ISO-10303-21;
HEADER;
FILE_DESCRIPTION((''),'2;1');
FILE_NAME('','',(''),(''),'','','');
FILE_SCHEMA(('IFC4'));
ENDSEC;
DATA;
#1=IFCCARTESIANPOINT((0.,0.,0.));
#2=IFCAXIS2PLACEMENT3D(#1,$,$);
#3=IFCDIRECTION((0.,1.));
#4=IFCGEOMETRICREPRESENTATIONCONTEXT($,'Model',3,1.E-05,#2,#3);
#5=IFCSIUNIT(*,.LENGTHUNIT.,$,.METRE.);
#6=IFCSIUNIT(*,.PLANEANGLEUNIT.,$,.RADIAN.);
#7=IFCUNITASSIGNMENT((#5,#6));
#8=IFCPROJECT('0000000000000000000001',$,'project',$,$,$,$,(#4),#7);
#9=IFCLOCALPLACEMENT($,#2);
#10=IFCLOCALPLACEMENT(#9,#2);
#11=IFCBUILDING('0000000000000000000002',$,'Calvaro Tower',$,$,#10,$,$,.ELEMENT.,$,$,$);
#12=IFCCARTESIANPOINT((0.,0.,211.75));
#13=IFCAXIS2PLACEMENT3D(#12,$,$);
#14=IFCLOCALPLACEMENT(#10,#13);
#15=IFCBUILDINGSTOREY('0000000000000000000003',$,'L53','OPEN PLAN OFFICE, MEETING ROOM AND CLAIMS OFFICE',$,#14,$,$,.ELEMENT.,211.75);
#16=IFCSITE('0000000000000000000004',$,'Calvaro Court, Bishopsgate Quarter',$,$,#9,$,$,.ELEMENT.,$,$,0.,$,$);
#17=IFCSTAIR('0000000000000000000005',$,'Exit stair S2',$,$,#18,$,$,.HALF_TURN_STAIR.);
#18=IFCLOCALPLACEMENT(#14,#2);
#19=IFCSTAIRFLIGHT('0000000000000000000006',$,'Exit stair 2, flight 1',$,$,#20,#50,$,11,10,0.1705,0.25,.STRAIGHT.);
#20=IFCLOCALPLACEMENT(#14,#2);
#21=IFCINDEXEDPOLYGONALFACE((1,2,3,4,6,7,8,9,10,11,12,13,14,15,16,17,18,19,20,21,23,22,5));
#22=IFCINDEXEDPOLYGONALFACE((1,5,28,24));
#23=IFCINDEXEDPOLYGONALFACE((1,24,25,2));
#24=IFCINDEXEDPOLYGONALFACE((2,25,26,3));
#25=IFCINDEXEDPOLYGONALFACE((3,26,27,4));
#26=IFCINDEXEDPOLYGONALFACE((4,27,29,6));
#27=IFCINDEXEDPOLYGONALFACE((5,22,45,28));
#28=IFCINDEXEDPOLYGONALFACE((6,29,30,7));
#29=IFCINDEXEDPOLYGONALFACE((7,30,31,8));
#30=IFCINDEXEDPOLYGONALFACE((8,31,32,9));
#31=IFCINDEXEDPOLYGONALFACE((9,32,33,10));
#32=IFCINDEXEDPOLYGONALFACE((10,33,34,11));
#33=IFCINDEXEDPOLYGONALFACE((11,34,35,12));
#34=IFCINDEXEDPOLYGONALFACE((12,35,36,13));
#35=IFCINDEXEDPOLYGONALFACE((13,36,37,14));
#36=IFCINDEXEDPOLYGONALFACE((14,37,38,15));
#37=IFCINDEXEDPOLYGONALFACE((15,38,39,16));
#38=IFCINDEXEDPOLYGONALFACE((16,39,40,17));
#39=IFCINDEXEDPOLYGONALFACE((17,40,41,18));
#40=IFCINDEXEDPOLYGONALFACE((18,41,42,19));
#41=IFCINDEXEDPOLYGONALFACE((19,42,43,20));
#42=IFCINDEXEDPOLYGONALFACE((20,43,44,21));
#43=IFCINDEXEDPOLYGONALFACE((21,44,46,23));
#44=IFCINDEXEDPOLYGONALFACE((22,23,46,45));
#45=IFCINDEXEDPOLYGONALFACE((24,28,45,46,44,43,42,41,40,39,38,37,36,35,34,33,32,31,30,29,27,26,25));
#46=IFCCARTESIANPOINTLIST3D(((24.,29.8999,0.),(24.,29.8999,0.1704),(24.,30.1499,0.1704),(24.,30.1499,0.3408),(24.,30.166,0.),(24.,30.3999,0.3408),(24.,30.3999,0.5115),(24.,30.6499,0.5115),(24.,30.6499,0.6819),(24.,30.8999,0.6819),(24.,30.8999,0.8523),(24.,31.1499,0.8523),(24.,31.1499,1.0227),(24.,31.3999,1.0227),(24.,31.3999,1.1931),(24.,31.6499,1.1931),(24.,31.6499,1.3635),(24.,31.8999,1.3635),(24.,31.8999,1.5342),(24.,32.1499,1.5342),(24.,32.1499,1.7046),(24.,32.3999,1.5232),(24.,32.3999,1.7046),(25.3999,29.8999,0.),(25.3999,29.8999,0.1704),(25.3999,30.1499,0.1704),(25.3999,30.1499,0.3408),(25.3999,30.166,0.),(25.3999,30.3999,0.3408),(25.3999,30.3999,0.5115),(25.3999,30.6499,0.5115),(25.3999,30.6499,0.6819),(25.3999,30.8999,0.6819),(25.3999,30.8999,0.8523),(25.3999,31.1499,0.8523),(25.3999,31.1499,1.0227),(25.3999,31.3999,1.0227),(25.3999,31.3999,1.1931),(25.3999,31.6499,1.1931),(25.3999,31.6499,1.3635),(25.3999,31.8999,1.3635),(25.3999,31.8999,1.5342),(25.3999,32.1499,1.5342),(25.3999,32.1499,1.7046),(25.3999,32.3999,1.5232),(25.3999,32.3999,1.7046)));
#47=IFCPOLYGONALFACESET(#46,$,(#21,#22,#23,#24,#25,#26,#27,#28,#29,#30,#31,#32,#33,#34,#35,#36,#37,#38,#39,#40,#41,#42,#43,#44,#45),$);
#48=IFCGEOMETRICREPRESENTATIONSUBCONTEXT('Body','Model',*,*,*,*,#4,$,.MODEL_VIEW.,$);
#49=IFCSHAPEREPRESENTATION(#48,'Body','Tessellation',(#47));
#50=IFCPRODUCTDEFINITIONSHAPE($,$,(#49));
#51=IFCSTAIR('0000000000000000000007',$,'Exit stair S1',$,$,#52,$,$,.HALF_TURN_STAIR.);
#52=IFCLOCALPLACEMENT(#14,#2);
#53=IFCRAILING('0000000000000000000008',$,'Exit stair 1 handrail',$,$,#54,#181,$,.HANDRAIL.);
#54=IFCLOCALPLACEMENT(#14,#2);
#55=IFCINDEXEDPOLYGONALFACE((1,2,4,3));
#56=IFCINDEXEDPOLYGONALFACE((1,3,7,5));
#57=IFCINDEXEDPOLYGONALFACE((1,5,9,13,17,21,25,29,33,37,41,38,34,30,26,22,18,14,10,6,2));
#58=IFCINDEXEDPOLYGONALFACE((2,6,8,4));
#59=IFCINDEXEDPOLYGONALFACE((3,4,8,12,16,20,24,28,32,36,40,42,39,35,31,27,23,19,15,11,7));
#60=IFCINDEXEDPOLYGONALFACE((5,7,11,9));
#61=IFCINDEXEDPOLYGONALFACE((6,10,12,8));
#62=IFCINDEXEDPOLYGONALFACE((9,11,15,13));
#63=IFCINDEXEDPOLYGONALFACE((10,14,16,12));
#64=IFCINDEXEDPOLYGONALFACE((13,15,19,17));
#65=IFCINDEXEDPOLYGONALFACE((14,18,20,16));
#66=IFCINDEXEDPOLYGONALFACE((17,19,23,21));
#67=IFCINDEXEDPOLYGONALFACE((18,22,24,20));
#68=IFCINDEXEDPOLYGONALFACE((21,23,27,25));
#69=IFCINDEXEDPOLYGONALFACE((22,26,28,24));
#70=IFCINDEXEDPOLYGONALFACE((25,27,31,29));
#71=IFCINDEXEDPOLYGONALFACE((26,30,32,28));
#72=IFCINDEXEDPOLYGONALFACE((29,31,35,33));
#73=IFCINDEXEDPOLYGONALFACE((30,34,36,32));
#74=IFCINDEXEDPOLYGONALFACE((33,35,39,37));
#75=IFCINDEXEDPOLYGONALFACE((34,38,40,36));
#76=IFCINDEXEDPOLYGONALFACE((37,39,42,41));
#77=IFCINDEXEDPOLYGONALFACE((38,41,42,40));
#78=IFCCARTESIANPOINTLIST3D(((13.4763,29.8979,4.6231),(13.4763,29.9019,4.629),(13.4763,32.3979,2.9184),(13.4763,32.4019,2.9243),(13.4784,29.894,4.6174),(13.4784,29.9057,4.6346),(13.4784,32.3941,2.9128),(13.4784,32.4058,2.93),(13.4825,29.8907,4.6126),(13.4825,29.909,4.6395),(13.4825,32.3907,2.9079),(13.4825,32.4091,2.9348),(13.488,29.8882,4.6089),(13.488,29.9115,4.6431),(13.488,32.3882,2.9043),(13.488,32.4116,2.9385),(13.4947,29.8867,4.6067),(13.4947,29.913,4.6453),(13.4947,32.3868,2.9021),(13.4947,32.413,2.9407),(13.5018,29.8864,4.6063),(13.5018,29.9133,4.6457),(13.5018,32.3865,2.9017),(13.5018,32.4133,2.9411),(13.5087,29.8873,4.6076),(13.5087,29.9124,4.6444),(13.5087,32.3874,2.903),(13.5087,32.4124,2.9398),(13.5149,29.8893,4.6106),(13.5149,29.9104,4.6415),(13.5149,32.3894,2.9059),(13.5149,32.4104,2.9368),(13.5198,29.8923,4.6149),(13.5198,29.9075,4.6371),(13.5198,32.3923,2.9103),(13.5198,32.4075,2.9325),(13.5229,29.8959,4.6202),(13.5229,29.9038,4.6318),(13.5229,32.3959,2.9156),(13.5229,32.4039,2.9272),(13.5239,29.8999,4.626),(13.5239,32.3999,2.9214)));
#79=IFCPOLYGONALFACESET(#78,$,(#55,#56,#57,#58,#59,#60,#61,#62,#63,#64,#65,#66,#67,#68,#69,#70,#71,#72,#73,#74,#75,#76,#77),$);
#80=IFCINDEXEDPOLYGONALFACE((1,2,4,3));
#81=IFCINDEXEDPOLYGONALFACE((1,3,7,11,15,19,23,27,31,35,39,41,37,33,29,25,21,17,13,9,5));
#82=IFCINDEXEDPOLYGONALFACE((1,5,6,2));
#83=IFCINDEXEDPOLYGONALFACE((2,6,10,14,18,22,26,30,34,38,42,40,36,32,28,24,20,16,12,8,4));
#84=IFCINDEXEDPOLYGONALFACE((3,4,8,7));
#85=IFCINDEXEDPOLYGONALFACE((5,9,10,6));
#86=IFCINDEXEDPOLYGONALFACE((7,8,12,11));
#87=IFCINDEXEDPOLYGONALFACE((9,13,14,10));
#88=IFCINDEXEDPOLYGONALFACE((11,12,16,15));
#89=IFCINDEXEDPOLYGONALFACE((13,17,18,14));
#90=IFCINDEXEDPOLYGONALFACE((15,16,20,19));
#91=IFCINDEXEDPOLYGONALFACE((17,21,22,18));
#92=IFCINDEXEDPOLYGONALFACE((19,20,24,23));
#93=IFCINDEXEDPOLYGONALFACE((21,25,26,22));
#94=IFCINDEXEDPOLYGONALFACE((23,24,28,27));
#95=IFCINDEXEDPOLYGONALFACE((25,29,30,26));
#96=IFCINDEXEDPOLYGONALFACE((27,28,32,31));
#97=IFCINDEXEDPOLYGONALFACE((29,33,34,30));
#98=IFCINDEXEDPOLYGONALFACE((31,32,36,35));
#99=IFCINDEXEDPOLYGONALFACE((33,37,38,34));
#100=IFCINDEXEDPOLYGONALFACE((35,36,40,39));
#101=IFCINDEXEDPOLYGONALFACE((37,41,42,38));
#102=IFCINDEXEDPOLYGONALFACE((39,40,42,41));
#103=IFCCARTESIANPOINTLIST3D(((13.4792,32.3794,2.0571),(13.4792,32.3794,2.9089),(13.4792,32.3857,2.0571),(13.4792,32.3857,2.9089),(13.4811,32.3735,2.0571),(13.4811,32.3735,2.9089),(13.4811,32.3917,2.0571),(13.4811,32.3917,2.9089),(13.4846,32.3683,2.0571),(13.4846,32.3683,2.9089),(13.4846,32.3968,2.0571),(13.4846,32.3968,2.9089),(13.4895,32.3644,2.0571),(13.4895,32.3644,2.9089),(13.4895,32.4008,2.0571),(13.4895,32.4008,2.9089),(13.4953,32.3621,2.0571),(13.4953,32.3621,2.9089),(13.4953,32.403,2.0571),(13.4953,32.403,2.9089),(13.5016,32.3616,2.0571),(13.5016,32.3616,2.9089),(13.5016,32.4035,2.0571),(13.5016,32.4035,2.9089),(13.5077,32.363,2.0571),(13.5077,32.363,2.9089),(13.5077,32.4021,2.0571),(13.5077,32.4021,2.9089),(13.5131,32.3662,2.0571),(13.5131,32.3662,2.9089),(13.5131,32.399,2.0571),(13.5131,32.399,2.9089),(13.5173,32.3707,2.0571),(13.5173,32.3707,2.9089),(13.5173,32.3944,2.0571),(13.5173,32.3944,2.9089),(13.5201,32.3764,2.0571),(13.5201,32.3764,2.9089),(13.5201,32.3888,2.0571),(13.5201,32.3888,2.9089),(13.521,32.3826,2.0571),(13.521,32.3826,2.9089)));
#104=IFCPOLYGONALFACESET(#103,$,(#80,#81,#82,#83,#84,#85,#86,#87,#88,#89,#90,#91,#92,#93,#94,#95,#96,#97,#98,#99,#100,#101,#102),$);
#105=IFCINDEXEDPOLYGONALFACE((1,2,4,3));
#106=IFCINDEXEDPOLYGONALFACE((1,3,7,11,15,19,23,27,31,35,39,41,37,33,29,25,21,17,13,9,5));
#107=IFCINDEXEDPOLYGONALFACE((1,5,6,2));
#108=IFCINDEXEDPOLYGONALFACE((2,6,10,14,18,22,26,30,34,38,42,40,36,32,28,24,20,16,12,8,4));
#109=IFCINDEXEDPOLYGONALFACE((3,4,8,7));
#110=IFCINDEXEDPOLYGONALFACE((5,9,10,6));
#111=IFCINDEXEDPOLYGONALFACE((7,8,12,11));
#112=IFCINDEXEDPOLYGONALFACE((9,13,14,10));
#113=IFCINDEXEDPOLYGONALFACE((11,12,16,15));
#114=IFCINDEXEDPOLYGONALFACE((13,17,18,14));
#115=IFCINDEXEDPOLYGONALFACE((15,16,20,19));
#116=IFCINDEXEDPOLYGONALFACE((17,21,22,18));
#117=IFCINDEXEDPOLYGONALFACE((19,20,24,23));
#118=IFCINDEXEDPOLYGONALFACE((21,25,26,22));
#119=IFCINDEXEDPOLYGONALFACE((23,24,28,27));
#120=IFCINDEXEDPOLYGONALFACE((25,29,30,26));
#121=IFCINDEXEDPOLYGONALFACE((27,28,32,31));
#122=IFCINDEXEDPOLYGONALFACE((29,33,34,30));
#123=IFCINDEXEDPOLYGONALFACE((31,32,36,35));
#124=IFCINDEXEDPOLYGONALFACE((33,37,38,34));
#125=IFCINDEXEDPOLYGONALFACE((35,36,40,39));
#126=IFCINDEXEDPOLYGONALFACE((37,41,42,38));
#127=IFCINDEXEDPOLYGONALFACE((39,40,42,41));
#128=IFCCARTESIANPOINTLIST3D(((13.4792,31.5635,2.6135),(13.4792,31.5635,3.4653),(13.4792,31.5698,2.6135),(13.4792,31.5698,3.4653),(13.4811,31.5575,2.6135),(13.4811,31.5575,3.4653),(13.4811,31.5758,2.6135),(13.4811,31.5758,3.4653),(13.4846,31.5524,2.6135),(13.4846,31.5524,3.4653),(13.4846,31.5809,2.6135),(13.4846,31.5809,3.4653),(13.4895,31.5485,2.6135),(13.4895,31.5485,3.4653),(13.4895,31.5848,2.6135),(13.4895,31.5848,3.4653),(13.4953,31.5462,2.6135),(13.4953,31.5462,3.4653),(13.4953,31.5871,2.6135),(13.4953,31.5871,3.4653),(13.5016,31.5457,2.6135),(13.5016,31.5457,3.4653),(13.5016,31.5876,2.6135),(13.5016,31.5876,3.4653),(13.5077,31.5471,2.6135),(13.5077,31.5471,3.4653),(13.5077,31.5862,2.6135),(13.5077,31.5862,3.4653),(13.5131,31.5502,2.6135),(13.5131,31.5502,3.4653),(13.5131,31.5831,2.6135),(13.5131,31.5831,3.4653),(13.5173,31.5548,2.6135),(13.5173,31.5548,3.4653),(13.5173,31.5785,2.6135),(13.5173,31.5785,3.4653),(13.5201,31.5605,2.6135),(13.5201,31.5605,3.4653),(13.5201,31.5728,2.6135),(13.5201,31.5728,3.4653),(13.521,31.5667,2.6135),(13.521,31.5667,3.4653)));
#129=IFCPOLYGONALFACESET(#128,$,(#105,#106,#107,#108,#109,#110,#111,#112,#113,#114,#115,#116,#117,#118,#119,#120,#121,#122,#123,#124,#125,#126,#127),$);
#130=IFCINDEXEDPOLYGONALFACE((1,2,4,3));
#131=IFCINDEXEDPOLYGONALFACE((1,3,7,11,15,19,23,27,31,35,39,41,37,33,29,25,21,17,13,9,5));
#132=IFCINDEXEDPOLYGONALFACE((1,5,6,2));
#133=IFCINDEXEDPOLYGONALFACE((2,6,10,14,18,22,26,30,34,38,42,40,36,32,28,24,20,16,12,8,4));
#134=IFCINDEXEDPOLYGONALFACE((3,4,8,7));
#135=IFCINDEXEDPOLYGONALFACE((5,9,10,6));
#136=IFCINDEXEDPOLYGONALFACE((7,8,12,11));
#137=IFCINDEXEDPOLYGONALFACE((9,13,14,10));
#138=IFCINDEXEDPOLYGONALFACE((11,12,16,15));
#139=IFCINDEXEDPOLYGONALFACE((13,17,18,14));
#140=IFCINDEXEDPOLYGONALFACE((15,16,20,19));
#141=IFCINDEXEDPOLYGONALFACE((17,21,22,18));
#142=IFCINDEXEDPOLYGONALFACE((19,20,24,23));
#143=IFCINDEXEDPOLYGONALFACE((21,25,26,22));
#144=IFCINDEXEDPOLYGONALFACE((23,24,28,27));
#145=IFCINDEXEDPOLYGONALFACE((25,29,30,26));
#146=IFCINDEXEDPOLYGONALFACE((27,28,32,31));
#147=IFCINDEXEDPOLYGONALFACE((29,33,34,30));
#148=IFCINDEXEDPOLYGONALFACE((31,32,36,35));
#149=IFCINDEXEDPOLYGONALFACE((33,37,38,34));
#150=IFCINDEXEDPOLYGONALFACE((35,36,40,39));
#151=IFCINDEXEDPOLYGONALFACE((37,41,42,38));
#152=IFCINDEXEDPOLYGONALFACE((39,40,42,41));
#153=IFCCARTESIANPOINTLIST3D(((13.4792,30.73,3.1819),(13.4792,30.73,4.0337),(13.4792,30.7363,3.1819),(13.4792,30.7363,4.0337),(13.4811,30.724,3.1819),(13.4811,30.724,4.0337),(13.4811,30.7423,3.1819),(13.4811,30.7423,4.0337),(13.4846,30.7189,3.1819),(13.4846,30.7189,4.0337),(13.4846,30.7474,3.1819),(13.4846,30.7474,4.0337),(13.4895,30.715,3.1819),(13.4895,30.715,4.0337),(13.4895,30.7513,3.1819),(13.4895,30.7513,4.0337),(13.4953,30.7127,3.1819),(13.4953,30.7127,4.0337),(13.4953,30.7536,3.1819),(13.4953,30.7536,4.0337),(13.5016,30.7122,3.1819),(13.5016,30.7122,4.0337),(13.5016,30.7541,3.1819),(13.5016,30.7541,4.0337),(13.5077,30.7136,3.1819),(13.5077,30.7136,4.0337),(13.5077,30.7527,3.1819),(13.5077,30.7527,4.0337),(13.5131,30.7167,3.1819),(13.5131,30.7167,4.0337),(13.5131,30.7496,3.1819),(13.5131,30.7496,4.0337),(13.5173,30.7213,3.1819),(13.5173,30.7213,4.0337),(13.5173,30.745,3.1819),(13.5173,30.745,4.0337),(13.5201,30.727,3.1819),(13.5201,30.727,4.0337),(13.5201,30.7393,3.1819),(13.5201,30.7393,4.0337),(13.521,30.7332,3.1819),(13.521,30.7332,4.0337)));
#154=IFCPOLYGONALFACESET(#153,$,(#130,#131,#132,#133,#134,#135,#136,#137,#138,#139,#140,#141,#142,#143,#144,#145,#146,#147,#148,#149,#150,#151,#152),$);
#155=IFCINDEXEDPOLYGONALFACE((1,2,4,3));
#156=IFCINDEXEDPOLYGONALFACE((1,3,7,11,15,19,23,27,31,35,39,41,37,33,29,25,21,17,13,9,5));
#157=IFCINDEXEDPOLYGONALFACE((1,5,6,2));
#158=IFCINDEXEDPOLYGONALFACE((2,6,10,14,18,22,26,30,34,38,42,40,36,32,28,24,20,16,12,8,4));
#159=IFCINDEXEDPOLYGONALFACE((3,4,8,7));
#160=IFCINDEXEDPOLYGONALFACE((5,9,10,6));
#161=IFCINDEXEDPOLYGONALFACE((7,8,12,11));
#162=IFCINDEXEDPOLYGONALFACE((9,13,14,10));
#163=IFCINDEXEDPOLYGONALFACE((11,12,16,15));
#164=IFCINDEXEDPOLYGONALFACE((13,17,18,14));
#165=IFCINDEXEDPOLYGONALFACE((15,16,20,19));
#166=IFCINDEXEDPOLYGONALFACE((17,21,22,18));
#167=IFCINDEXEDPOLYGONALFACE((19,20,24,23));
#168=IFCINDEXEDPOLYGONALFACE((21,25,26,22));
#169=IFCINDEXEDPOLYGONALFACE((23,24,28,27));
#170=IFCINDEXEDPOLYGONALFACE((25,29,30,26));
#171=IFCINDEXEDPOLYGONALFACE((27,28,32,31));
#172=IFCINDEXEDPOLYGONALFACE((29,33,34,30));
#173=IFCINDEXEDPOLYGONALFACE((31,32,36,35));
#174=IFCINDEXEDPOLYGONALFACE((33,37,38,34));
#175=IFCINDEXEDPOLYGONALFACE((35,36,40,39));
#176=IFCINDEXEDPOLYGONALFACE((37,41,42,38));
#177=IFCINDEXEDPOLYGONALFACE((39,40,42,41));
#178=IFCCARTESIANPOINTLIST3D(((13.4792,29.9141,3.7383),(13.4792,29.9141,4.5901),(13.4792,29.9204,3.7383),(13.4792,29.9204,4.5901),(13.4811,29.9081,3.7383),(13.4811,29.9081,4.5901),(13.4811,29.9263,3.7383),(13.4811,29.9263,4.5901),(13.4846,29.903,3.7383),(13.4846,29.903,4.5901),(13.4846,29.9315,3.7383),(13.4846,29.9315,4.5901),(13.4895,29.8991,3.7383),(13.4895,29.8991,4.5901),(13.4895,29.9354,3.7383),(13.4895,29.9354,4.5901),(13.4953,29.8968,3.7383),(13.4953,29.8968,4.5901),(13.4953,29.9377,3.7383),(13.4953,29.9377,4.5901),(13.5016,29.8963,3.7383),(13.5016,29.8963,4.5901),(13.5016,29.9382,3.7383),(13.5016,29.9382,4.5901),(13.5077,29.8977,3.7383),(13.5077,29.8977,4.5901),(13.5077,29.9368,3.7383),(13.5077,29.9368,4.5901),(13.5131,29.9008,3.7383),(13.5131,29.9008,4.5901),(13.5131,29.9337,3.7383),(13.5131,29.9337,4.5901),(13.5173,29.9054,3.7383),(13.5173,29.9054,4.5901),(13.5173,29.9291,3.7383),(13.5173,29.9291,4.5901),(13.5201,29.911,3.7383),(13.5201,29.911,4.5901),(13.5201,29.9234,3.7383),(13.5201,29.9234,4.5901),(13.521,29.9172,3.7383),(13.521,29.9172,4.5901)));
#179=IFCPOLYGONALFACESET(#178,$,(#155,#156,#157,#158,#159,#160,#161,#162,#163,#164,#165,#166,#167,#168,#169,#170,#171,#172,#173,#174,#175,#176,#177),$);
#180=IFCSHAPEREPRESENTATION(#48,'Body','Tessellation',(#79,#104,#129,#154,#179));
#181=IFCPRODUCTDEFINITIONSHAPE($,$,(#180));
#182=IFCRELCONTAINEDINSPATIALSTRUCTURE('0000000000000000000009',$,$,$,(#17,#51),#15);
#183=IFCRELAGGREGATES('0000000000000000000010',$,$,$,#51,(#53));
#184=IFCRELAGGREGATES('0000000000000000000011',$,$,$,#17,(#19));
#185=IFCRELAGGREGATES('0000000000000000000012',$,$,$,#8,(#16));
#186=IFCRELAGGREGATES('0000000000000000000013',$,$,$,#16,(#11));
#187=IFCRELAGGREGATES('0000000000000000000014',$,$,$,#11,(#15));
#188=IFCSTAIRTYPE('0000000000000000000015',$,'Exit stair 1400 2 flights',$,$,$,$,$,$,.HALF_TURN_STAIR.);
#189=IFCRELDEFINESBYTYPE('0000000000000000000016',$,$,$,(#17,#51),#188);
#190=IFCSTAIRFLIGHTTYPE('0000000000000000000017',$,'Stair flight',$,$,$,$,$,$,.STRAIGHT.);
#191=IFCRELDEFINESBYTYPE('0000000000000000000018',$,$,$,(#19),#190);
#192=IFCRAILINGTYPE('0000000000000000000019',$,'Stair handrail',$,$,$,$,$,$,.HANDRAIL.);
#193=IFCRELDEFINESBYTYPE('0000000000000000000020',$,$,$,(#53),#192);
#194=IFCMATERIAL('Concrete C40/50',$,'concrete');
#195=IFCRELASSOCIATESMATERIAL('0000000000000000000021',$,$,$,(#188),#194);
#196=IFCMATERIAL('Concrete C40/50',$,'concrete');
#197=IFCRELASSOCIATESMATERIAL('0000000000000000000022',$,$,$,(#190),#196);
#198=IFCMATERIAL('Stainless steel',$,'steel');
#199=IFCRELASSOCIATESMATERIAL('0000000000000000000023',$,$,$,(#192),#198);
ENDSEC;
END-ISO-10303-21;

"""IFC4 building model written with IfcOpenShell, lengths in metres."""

from ifc_helpers import new_model, si_unit, direction, frame, origin, origin_2d, place, context, subcontext, project, spatial, polyline, circle, outline, extrude, material, type_object, element, aggregate, save


model = new_model("IFC4")

# Units and contexts
model_context = context("Model", 3, precision=1e-05, world=origin(), true_north=direction((0.0, 1.0)))
body_context = subcontext(model_context, "Body", "Model", "MODEL_VIEW")
ifc_project = project(units=[si_unit("LENGTHUNIT", "METRE"), si_unit("PLANEANGLEUNIT", "RADIAN")], contexts=[model_context])

# Site, building, storey
site_placement = place(None, origin())
site = spatial("IfcSite", under=ifc_project, at=site_placement, Name="Calvaro Court, Bishopsgate Quarter", CompositionType="ELEMENT", RefElevation=0.0)
building_placement = place(site_placement, origin())
building = spatial("IfcBuilding", under=site, at=building_placement, Name="Calvaro Tower", CompositionType="ELEMENT")
storey_placement = place(building_placement, frame((0.0, 0.0, 211.75)))
storey = spatial("IfcBuildingStorey", under=building, at=storey_placement, Name="L53", Description="OPEN PLAN OFFICE, MEETING ROOM AND CLAIMS OFFICE", CompositionType="ELEMENT", Elevation=211.75)

# Stair, stair flight
ifc_material_1 = material(Name="Concrete C40/50", Category="concrete")
stair_type = type_object("IfcStairType", Name="Exit stair 1400 2 flights", PredefinedType="HALF_TURN_STAIR", material=ifc_material_1)
stair_1_placement = place(storey_placement, origin())
stair_1 = element("IfcStair", 1, at=stair_1_placement, inside=storey, type_object=stair_type, Name="Exit stair S2", PredefinedType="HALF_TURN_STAIR")
ifc_material_2 = material(Name="Concrete C40/50", Category="concrete")
stair_flight_type = type_object("IfcStairFlightType", Name="Stair flight", PredefinedType="STRAIGHT", material=ifc_material_2)
stair_flight_placement = place(storey_placement, frame((24.7, 29.8999, 0.0), z_axis=(0.0, 0.0, 1.0), x_axis=(0.0, 1.0, 0.0)))
stair_flight = element("IfcStairFlight", 2, at=stair_flight_placement, type_object=stair_flight_type, Name="Exit stair 2, flight 1", NumberOfRisers=11, NumberOfTreads=10, PredefinedType="STRAIGHT", RiserHeight=0.1705, TreadLength=0.25, context=body_context, shape_type="SweptSolid", body=[
    extrude(outline(polyline([(0.0, 0.0), (0.0, 0.1704), (0.25, 0.1704), (0.25, 0.3408), (0.5, 0.3408), (0.5, 0.5115), (0.75, 0.5115), (0.75, 0.6819), (1.0, 0.6819), (1.0, 0.8523), (1.25, 0.8523), (1.25, 1.0227), (1.5, 1.0227), (1.5, 1.1931), (1.75, 1.1931), (1.75, 1.3635), (2.0, 1.3635), (2.0, 1.5342), (2.25, 1.5342), (2.25, 1.7046), (2.5, 1.7046), (2.5, 1.875), (2.5, 1.5232), (0.2661, 0.0), (0.0, 0.0)])), frame((0.0, 0.7, 0.0), z_axis=(0.0, -1.0, 0.0), x_axis=(1.0, 0.0, 0.0)), (0.0, 0.0, 1.0), 1.3999),
])

# Stair, railing
stair_2_placement = place(storey_placement, origin())
stair_2 = element("IfcStair", 3, at=stair_2_placement, inside=storey, type_object=stair_type, Name="Exit stair S1", PredefinedType="HALF_TURN_STAIR")
ifc_material_3 = material(Name="Stainless steel", Category="steel")
railing_type = type_object("IfcRailingType", Name="Stair handrail", PredefinedType="HANDRAIL", material=ifc_material_3)
railing_1_placement = place(storey_placement, frame((13.5, 32.3999, 2.0454)))
railing_1 = element("IfcRailing", 4, at=railing_1_placement, type_object=railing_type, Name="Exit stair 1 handrail", PredefinedType="HANDRAIL", context=body_context, shape_type="SweptSolid", body=[
    extrude(circle(Radius=0.0239, at=origin_2d()), frame((0.0, 0.0, 0.876), z_axis=(0.0, -0.826221, 0.563347), x_axis=(1.0, 0.0, 0.0)), (0.0, 0.0, 1.0), 3.0259),
    extrude(circle(Radius=0.021, at=origin_2d()), frame((0.0, -0.0173, 0.0117)), (0.0, 0.0, 1.0), 0.8518),
    extrude(circle(Radius=0.021, at=origin_2d()), frame((0.0, -0.8333, 0.5681)), (0.0, 0.0, 1.0), 0.8518),
    extrude(circle(Radius=0.021, at=origin_2d()), frame((0.0, -1.6667, 1.1365)), (0.0, 0.0, 1.0), 0.8518),
    extrude(circle(Radius=0.021, at=origin_2d()), frame((0.0, -2.4827, 1.6929)), (0.0, 0.0, 1.0), 0.8518),
])
aggregate(stair_2, [railing_1])

aggregate(stair_1, [stair_flight])

save(model, "model.ifc")
